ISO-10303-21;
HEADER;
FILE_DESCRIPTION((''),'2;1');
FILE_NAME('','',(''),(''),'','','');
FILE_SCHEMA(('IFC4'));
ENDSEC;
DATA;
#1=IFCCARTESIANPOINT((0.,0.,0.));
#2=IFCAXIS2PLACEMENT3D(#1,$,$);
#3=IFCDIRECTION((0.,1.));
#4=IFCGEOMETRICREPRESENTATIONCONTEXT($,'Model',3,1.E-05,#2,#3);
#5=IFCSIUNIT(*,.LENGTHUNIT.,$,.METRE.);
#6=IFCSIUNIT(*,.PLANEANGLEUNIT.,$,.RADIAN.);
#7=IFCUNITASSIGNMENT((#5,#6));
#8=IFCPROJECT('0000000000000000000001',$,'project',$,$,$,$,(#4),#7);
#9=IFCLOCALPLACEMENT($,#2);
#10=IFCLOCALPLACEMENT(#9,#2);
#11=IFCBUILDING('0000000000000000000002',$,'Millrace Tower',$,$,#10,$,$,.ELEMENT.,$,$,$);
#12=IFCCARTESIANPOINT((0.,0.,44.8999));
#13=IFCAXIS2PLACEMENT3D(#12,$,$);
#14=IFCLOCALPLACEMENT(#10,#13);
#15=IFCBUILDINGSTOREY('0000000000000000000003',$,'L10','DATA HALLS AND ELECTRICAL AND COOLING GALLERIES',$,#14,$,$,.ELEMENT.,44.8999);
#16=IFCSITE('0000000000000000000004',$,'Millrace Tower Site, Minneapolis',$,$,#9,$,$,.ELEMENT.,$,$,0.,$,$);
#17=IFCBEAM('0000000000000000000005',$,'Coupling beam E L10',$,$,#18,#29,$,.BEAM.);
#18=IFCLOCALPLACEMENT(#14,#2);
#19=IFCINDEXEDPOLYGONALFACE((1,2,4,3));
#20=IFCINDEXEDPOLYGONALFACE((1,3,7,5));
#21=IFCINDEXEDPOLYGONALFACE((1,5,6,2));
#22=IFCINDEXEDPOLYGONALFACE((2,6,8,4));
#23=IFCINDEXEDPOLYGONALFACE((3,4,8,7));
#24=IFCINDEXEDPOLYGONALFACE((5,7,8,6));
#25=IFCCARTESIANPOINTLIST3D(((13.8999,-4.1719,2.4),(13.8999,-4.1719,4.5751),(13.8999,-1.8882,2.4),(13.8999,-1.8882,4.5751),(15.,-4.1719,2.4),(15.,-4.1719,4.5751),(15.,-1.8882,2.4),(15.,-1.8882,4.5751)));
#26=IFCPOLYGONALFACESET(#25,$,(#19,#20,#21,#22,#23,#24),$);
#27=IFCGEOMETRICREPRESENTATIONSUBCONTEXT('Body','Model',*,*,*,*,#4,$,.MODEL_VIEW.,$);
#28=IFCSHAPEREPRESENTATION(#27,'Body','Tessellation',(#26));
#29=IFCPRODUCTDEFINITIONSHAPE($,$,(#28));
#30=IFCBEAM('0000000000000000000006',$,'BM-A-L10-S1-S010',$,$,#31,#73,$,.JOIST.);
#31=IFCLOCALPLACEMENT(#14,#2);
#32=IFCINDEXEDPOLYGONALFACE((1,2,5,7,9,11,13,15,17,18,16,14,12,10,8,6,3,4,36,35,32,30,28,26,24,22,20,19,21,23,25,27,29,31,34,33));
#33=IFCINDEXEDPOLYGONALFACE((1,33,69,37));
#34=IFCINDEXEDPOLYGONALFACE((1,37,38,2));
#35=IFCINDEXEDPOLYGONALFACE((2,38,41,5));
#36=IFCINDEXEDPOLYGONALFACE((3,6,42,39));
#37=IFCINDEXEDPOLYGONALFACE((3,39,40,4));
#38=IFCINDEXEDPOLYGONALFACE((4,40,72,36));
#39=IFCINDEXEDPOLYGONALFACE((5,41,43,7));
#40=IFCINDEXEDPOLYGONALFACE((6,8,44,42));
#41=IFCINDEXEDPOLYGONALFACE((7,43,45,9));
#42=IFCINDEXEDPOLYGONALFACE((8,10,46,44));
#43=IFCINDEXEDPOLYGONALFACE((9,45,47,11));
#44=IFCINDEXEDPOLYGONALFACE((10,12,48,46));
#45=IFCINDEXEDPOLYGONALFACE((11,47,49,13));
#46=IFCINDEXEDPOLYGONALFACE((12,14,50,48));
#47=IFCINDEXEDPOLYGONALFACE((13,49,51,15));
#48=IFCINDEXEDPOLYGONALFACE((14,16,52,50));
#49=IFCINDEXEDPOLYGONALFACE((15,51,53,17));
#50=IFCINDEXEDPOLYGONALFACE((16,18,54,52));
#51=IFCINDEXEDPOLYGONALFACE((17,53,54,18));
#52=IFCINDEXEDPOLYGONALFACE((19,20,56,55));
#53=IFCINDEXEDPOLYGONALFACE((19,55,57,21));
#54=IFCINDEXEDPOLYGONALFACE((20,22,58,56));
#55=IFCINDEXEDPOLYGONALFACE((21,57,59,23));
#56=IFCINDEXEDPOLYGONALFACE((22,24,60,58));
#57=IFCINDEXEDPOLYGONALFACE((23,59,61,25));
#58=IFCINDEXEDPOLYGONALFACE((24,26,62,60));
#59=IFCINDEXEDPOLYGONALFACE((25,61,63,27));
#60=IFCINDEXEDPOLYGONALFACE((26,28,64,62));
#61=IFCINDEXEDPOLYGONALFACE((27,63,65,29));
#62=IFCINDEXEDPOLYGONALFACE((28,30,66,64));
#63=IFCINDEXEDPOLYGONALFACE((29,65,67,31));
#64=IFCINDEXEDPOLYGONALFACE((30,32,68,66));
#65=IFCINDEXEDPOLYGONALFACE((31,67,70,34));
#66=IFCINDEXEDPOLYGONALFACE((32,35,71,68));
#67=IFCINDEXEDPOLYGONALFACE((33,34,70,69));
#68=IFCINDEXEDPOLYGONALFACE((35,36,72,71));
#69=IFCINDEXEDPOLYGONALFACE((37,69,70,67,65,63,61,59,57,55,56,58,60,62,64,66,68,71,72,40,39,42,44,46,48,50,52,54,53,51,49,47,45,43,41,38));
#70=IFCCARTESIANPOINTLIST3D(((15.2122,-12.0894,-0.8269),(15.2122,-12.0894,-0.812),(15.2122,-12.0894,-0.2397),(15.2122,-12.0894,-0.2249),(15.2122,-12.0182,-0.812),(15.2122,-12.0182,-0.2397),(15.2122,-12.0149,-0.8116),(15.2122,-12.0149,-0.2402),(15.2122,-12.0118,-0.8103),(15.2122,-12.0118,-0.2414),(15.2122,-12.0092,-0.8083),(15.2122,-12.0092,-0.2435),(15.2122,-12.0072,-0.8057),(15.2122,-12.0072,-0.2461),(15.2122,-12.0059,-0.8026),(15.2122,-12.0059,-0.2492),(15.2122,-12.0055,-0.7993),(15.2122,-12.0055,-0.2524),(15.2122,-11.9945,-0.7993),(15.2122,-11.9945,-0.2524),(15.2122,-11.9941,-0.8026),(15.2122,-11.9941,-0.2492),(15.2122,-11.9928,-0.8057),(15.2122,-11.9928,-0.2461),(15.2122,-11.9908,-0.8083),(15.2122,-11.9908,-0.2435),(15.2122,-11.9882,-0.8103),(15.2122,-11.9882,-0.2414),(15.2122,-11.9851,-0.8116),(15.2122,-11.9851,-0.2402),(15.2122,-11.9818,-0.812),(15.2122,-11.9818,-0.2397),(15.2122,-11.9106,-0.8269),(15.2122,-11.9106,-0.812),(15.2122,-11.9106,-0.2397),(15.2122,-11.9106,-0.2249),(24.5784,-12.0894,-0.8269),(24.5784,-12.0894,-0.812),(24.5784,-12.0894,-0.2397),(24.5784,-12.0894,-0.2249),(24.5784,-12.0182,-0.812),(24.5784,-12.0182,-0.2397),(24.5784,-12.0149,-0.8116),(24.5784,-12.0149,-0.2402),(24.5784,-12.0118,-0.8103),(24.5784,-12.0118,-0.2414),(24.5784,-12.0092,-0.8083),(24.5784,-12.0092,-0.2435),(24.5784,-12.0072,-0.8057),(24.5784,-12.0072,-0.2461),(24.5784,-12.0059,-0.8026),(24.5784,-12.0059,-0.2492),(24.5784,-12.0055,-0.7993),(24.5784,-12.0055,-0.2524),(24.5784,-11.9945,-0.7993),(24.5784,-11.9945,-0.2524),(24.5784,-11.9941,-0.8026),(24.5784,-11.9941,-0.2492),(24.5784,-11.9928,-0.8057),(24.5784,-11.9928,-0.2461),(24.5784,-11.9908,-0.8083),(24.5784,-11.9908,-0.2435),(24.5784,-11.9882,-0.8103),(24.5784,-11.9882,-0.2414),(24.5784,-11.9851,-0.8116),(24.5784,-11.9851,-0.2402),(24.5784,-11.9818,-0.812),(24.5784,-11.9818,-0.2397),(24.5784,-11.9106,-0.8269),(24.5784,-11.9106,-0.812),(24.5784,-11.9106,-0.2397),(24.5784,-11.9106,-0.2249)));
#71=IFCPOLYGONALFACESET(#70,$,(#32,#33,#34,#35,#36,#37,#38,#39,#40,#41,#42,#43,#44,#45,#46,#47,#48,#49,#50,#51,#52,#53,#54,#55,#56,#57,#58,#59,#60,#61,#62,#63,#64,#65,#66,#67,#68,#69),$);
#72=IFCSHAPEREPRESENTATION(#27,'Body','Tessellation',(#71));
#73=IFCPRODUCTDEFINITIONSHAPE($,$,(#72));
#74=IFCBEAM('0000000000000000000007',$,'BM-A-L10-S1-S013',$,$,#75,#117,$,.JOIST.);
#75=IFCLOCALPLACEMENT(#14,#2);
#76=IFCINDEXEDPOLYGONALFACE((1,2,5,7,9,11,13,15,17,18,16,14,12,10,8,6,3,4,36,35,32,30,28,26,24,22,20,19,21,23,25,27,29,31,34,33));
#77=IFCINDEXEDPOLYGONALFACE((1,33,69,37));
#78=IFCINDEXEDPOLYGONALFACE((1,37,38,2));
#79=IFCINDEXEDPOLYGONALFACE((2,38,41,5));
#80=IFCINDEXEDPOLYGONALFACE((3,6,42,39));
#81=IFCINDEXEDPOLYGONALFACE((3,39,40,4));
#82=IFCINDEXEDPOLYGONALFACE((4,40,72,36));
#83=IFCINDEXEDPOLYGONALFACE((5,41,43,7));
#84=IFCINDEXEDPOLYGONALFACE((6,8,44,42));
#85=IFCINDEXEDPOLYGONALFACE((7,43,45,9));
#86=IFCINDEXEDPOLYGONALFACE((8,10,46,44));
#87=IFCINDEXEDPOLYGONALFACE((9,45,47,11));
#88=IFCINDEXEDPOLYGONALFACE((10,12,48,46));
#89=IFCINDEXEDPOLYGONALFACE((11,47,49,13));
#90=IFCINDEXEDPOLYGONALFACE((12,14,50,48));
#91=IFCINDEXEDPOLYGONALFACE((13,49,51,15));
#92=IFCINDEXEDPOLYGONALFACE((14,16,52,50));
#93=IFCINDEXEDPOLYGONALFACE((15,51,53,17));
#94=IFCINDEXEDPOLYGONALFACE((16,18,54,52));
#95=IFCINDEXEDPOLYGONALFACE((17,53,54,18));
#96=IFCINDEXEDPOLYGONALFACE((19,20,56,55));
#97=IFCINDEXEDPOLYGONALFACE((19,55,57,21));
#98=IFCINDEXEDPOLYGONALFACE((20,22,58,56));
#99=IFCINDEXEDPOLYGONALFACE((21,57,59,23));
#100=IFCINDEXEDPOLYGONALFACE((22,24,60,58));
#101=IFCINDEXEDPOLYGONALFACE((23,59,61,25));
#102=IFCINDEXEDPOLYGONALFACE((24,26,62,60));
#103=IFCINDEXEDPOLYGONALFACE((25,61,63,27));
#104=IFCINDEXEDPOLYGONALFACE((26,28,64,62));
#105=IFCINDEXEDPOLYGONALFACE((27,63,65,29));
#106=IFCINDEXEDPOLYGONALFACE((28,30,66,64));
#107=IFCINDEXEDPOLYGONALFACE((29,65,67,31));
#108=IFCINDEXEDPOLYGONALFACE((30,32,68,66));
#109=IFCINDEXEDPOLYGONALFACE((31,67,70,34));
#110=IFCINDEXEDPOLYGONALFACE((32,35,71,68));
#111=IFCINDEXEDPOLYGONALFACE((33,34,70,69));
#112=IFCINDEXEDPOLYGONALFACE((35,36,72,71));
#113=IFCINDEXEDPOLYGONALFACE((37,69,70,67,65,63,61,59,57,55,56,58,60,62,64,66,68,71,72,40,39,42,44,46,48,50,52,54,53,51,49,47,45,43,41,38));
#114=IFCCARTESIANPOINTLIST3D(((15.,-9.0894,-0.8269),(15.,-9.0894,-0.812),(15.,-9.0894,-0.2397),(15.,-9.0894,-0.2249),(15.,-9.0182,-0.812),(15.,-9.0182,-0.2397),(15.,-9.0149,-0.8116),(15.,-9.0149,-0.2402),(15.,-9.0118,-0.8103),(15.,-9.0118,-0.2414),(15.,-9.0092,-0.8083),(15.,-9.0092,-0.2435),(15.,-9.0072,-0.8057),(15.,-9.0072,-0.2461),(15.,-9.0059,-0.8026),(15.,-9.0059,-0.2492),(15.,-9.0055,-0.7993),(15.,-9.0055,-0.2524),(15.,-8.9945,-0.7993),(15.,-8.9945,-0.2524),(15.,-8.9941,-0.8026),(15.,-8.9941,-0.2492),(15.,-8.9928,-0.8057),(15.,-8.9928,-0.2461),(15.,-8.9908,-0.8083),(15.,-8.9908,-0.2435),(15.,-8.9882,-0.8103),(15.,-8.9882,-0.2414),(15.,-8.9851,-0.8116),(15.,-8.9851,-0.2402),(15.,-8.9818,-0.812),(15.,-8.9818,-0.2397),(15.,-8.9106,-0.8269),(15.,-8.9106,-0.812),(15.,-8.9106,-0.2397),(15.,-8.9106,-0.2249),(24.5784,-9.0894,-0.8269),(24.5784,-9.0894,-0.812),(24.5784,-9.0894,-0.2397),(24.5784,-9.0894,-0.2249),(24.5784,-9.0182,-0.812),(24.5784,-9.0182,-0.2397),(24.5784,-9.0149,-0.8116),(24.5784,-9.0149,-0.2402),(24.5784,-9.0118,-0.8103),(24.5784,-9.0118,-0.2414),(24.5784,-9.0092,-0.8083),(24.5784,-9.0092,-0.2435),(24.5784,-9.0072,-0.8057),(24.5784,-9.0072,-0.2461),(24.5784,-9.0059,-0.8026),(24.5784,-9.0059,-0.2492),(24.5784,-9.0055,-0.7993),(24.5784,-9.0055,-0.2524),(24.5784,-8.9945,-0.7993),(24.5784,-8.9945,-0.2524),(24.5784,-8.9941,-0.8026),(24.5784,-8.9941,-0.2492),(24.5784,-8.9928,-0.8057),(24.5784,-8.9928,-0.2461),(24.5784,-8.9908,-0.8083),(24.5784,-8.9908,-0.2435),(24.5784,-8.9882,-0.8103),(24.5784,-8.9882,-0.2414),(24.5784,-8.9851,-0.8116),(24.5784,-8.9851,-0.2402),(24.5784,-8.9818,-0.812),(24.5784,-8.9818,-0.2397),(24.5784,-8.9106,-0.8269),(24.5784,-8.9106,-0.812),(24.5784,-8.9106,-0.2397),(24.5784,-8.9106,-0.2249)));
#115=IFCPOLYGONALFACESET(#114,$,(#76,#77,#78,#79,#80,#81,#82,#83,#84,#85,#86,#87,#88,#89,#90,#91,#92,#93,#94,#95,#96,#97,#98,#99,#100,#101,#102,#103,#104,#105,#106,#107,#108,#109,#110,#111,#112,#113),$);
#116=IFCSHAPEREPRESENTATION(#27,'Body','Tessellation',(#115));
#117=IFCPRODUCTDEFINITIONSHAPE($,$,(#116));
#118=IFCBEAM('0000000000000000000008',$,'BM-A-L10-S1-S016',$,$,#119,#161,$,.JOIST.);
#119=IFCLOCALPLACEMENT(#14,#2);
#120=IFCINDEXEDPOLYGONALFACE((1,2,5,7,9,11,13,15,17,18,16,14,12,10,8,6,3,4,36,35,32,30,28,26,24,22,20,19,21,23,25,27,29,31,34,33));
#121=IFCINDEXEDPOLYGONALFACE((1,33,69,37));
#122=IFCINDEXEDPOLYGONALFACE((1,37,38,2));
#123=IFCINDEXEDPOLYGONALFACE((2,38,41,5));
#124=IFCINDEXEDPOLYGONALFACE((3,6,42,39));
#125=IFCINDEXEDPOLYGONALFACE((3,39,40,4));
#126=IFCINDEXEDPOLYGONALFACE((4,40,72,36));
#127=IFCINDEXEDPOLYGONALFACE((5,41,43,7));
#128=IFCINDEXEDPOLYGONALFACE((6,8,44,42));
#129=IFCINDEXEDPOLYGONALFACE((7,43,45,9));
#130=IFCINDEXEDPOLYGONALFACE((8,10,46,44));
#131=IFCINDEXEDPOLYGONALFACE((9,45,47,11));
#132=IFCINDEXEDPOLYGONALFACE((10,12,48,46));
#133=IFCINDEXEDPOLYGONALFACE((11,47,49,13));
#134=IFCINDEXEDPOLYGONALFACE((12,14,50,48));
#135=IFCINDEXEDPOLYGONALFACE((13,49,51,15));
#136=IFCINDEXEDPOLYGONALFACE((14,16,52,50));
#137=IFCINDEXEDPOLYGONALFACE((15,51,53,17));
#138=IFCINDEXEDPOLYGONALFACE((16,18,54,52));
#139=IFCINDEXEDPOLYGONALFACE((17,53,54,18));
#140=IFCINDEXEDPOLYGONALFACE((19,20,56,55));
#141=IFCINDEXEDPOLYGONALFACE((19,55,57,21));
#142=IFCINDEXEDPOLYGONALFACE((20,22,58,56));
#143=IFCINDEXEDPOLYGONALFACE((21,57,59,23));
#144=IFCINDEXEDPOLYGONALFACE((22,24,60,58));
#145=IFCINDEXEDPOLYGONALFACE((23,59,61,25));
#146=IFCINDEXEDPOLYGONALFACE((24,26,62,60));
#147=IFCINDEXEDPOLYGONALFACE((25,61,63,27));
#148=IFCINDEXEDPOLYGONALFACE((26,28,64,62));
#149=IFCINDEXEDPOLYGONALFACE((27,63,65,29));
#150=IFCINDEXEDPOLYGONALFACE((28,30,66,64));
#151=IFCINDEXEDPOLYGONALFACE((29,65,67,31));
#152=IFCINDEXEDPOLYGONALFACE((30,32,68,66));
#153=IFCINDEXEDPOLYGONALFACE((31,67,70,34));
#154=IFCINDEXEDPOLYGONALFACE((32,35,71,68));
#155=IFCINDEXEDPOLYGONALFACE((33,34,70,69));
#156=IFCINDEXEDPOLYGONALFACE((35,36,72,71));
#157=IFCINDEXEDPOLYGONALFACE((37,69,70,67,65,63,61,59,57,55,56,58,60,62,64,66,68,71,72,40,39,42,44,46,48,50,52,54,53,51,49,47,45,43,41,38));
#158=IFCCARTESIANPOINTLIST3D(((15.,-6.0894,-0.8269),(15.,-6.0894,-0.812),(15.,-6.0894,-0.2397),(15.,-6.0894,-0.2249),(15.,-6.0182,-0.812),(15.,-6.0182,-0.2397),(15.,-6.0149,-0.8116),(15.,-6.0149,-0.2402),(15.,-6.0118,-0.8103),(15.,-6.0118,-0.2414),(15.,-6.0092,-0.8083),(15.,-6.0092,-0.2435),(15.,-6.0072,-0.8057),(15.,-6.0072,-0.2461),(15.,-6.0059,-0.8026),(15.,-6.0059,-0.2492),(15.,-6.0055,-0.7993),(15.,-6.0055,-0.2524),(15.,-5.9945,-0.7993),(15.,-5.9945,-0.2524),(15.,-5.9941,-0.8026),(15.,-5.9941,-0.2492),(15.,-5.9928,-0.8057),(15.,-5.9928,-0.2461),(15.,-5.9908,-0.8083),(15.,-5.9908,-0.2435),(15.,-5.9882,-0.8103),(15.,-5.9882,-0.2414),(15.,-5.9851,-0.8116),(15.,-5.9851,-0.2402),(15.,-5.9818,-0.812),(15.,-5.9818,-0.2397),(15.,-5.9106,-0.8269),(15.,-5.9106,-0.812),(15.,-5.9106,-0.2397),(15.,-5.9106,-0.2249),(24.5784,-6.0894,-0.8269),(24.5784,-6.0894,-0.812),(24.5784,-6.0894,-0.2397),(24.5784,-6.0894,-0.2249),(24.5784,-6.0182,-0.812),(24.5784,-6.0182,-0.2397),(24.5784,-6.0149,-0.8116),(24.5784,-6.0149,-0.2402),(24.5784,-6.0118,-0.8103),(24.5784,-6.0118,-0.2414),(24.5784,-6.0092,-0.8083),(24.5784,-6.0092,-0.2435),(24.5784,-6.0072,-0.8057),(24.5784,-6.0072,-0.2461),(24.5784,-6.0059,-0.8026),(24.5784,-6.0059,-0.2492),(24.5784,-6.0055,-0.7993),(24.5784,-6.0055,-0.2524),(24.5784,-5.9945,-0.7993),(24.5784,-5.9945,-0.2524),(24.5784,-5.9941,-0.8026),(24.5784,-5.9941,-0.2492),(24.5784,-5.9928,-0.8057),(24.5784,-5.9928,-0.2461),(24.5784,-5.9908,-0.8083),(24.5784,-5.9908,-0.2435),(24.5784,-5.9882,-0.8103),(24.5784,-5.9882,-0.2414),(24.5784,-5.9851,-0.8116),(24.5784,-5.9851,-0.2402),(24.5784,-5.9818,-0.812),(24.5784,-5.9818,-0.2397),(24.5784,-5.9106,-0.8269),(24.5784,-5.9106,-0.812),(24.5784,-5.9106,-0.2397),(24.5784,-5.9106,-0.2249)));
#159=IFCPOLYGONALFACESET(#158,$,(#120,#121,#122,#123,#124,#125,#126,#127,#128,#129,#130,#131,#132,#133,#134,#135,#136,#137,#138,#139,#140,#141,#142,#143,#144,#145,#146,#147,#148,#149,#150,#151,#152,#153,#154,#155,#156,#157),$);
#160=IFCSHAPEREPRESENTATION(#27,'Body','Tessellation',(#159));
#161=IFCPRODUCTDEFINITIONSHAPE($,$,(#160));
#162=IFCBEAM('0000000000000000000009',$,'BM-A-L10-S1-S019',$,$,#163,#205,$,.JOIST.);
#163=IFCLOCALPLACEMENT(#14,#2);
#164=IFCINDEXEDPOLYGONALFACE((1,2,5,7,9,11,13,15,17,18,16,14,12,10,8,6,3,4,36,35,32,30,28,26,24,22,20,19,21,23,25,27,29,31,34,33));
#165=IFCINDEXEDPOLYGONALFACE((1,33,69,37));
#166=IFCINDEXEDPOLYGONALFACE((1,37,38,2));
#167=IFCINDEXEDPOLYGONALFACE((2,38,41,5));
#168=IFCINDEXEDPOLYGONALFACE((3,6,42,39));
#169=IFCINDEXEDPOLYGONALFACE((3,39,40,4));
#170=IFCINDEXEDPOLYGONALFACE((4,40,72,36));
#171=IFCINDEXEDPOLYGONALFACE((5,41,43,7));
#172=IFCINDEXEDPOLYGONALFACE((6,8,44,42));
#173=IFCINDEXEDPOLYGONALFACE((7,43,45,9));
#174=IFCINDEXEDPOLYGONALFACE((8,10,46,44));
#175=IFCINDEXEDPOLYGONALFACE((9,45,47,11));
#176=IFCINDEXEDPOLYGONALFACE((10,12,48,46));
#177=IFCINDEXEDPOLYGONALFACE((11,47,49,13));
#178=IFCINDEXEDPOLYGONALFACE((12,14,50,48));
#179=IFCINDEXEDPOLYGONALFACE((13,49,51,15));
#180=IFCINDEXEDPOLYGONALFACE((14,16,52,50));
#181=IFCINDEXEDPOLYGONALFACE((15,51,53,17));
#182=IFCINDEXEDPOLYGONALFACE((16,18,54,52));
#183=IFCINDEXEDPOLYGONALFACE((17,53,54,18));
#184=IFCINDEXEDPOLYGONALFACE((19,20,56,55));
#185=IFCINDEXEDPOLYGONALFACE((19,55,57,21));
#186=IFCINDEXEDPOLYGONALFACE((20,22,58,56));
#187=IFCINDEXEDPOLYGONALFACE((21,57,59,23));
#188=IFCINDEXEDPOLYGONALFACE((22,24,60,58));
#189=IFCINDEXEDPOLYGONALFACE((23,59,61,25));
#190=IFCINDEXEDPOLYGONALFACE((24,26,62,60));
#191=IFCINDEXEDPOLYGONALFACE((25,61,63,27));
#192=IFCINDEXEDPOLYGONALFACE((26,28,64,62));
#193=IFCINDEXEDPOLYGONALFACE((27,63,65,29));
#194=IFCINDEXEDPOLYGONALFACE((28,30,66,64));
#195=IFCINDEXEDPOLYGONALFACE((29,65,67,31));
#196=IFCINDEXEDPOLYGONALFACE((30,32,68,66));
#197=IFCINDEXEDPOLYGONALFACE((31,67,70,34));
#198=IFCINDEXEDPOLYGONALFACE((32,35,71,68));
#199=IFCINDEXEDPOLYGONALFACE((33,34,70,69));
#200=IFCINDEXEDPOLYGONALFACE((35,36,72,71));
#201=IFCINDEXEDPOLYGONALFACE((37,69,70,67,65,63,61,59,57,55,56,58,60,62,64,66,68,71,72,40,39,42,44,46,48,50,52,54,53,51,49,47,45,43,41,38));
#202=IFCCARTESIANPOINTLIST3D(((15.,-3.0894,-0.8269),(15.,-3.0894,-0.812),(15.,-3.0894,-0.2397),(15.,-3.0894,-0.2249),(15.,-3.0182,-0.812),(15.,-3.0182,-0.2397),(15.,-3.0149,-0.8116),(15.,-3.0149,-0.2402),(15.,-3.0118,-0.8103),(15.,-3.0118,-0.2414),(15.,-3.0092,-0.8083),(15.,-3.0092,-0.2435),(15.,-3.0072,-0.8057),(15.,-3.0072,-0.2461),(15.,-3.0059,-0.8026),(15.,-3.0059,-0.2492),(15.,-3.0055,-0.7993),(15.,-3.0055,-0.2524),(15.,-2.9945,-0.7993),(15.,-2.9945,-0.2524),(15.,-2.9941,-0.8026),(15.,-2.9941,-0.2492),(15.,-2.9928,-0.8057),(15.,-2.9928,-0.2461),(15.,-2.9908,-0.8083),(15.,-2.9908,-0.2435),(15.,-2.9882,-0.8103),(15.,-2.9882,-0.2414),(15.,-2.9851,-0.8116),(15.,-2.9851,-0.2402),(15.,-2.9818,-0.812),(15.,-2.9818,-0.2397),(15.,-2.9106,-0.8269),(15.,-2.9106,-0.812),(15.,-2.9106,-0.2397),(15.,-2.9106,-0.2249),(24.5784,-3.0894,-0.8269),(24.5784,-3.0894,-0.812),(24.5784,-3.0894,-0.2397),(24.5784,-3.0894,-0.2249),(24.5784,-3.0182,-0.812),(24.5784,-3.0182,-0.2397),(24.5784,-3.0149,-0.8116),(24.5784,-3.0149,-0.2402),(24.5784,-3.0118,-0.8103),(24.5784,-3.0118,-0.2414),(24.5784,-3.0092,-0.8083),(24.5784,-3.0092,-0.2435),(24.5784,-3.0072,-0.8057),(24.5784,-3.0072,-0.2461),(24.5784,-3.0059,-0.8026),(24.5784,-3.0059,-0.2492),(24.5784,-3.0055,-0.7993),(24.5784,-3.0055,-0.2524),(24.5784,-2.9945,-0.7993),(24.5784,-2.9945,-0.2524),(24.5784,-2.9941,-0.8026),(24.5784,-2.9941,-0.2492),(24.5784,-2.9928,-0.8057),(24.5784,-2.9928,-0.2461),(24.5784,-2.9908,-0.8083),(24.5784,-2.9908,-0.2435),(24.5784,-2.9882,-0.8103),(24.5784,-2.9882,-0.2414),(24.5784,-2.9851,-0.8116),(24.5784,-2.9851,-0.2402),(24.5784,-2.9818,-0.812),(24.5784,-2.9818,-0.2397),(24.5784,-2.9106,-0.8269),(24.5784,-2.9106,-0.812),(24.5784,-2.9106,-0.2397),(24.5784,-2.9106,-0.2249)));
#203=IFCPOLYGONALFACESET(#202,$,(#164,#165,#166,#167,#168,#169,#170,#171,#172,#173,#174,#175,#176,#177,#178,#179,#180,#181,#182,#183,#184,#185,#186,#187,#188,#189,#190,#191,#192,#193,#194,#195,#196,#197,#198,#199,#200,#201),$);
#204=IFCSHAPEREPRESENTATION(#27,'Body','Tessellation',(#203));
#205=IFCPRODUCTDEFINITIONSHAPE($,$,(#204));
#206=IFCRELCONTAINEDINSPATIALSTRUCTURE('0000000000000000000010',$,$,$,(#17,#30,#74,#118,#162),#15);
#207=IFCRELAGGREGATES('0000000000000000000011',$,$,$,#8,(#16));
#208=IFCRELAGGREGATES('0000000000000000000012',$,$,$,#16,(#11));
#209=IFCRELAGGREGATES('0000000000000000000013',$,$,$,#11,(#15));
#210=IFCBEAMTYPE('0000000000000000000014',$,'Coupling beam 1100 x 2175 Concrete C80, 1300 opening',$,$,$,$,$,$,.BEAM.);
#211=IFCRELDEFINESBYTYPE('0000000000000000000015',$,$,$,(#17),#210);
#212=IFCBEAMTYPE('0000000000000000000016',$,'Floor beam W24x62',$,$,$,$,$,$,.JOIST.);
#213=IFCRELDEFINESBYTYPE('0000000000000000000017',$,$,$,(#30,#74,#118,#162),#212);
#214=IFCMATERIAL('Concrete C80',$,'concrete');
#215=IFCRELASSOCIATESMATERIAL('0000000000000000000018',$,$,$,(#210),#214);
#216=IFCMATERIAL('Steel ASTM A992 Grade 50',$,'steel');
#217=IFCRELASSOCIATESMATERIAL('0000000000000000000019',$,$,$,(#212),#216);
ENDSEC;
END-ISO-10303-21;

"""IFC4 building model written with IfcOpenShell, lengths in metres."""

from ifc_helpers import new_model, si_unit, direction, frame, origin, origin_2d, place, context, subcontext, project, spatial, rectangle, i_section, extrude, material, material_profile, profile_set, type_object, element, save


model = new_model("IFC4")

# Units and contexts
model_context = context("Model", 3, precision=1e-05, world=origin(), true_north=direction((0.0, 1.0)))
body_context = subcontext(model_context, "Body", "Model", "MODEL_VIEW")
ifc_project = project(units=[si_unit("LENGTHUNIT", "METRE"), si_unit("PLANEANGLEUNIT", "RADIAN")], contexts=[model_context])

# Site, building, storey
site_placement = place(None, origin())
site = spatial("IfcSite", under=ifc_project, at=site_placement, Name="Millrace Tower Site, Minneapolis", CompositionType="ELEMENT", RefElevation=0.0)
building_placement = place(site_placement, origin())
building = spatial("IfcBuilding", under=site, at=building_placement, Name="Millrace Tower", CompositionType="ELEMENT")
storey_placement = place(building_placement, frame((0.0, 0.0, 44.8999)))
storey = spatial("IfcBuildingStorey", under=building, at=storey_placement, Name="L10", Description="DATA HALLS AND ELECTRICAL AND COOLING GALLERIES", CompositionType="ELEMENT", Elevation=44.8999)

# Beams
ifc_material_1 = material(Name="Concrete C80", Category="concrete")
ifc_material_profile_1 = material_profile(ifc_material_1, rectangle(XDim=1.1001, YDim=2.175, at=origin_2d()))
ifc_profile_set_1 = profile_set([ifc_material_profile_1], Name="Concrete C80")
beam_type_1 = type_object("IfcBeamType", Name="Coupling beam 1100 x 2175 Concrete C80, 1300 opening", PredefinedType="BEAM", material=ifc_profile_set_1)
beam_1_placement = place(storey_placement, frame((14.45, -1.8882, 3.4875), z_axis=(0.0, -1.0, 0.0), x_axis=(1.0, 0.0, 0.0)))
element("IfcBeam", 1, at=beam_1_placement, inside=storey, type_object=beam_type_1, Name="Coupling beam E L10", PredefinedType="BEAM", context=body_context, shape_type="SweptSolid", body=[
    extrude(rectangle(XDim=1.1001, YDim=2.175, at=origin_2d()), origin(), (0.0, 0.0, 1.0), 2.2837),
])
ifc_material_2 = material(Name="Steel ASTM A992 Grade 50", Category="steel")
ifc_material_profile_2 = material_profile(ifc_material_2, i_section(OverallWidth=0.1787, OverallDepth=0.6021, WebThickness=0.011, FlangeThickness=0.0149, FilletRadius=0.0127, at=origin_2d()))
ifc_profile_set_2 = profile_set([ifc_material_profile_2], Name="Steel ASTM A992 Grade 50")
beam_type_2 = type_object("IfcBeamType", Name="Floor beam W24x62", PredefinedType="JOIST", material=ifc_profile_set_2)
beam_2_placement = place(storey_placement, frame((15.2122, -12.0, -0.5259), z_axis=(1.0, 0.0, 0.0), x_axis=(0.0, 1.0, 0.0)))
element("IfcBeam", 2, at=beam_2_placement, inside=storey, type_object=beam_type_2, Name="BM-A-L10-S1-S010", PredefinedType="JOIST", context=body_context, shape_type="SweptSolid", body=[
    extrude(i_section(OverallWidth=0.1787, OverallDepth=0.6021, WebThickness=0.011, FlangeThickness=0.0149, FilletRadius=0.0127, at=origin_2d()), origin(), (0.0, 0.0, 1.0), 9.3662),
])
for number, where, z_axis, x_axis, name in (
    (3, (15.0, -9.0, -0.5259), (1.0, 0.0, 0.0), (0.0, 1.0, 0.0), "BM-A-L10-S1-S013"),
    (4, (15.0, -6.0, -0.5259), (1.0, 0.0, 0.0), (0.0, 1.0, 0.0), "BM-A-L10-S1-S016"),
    (5, (15.0, -3.0, -0.5259), (1.0, 0.0, 0.0), (0.0, 1.0, 0.0), "BM-A-L10-S1-S019"),
):
    element("IfcBeam", number, at=place(storey_placement, frame(where, z_axis=z_axis, x_axis=x_axis)), inside=storey, type_object=beam_type_2, Name=name, PredefinedType="JOIST", context=body_context, shape_type="SweptSolid", body=[
        extrude(i_section(OverallWidth=0.1787, OverallDepth=0.6021, WebThickness=0.011, FlangeThickness=0.0149, FilletRadius=0.0127, at=origin_2d()), origin(), (0.0, 0.0, 1.0), 9.5784),
    ])

save(model, "model.ifc")
